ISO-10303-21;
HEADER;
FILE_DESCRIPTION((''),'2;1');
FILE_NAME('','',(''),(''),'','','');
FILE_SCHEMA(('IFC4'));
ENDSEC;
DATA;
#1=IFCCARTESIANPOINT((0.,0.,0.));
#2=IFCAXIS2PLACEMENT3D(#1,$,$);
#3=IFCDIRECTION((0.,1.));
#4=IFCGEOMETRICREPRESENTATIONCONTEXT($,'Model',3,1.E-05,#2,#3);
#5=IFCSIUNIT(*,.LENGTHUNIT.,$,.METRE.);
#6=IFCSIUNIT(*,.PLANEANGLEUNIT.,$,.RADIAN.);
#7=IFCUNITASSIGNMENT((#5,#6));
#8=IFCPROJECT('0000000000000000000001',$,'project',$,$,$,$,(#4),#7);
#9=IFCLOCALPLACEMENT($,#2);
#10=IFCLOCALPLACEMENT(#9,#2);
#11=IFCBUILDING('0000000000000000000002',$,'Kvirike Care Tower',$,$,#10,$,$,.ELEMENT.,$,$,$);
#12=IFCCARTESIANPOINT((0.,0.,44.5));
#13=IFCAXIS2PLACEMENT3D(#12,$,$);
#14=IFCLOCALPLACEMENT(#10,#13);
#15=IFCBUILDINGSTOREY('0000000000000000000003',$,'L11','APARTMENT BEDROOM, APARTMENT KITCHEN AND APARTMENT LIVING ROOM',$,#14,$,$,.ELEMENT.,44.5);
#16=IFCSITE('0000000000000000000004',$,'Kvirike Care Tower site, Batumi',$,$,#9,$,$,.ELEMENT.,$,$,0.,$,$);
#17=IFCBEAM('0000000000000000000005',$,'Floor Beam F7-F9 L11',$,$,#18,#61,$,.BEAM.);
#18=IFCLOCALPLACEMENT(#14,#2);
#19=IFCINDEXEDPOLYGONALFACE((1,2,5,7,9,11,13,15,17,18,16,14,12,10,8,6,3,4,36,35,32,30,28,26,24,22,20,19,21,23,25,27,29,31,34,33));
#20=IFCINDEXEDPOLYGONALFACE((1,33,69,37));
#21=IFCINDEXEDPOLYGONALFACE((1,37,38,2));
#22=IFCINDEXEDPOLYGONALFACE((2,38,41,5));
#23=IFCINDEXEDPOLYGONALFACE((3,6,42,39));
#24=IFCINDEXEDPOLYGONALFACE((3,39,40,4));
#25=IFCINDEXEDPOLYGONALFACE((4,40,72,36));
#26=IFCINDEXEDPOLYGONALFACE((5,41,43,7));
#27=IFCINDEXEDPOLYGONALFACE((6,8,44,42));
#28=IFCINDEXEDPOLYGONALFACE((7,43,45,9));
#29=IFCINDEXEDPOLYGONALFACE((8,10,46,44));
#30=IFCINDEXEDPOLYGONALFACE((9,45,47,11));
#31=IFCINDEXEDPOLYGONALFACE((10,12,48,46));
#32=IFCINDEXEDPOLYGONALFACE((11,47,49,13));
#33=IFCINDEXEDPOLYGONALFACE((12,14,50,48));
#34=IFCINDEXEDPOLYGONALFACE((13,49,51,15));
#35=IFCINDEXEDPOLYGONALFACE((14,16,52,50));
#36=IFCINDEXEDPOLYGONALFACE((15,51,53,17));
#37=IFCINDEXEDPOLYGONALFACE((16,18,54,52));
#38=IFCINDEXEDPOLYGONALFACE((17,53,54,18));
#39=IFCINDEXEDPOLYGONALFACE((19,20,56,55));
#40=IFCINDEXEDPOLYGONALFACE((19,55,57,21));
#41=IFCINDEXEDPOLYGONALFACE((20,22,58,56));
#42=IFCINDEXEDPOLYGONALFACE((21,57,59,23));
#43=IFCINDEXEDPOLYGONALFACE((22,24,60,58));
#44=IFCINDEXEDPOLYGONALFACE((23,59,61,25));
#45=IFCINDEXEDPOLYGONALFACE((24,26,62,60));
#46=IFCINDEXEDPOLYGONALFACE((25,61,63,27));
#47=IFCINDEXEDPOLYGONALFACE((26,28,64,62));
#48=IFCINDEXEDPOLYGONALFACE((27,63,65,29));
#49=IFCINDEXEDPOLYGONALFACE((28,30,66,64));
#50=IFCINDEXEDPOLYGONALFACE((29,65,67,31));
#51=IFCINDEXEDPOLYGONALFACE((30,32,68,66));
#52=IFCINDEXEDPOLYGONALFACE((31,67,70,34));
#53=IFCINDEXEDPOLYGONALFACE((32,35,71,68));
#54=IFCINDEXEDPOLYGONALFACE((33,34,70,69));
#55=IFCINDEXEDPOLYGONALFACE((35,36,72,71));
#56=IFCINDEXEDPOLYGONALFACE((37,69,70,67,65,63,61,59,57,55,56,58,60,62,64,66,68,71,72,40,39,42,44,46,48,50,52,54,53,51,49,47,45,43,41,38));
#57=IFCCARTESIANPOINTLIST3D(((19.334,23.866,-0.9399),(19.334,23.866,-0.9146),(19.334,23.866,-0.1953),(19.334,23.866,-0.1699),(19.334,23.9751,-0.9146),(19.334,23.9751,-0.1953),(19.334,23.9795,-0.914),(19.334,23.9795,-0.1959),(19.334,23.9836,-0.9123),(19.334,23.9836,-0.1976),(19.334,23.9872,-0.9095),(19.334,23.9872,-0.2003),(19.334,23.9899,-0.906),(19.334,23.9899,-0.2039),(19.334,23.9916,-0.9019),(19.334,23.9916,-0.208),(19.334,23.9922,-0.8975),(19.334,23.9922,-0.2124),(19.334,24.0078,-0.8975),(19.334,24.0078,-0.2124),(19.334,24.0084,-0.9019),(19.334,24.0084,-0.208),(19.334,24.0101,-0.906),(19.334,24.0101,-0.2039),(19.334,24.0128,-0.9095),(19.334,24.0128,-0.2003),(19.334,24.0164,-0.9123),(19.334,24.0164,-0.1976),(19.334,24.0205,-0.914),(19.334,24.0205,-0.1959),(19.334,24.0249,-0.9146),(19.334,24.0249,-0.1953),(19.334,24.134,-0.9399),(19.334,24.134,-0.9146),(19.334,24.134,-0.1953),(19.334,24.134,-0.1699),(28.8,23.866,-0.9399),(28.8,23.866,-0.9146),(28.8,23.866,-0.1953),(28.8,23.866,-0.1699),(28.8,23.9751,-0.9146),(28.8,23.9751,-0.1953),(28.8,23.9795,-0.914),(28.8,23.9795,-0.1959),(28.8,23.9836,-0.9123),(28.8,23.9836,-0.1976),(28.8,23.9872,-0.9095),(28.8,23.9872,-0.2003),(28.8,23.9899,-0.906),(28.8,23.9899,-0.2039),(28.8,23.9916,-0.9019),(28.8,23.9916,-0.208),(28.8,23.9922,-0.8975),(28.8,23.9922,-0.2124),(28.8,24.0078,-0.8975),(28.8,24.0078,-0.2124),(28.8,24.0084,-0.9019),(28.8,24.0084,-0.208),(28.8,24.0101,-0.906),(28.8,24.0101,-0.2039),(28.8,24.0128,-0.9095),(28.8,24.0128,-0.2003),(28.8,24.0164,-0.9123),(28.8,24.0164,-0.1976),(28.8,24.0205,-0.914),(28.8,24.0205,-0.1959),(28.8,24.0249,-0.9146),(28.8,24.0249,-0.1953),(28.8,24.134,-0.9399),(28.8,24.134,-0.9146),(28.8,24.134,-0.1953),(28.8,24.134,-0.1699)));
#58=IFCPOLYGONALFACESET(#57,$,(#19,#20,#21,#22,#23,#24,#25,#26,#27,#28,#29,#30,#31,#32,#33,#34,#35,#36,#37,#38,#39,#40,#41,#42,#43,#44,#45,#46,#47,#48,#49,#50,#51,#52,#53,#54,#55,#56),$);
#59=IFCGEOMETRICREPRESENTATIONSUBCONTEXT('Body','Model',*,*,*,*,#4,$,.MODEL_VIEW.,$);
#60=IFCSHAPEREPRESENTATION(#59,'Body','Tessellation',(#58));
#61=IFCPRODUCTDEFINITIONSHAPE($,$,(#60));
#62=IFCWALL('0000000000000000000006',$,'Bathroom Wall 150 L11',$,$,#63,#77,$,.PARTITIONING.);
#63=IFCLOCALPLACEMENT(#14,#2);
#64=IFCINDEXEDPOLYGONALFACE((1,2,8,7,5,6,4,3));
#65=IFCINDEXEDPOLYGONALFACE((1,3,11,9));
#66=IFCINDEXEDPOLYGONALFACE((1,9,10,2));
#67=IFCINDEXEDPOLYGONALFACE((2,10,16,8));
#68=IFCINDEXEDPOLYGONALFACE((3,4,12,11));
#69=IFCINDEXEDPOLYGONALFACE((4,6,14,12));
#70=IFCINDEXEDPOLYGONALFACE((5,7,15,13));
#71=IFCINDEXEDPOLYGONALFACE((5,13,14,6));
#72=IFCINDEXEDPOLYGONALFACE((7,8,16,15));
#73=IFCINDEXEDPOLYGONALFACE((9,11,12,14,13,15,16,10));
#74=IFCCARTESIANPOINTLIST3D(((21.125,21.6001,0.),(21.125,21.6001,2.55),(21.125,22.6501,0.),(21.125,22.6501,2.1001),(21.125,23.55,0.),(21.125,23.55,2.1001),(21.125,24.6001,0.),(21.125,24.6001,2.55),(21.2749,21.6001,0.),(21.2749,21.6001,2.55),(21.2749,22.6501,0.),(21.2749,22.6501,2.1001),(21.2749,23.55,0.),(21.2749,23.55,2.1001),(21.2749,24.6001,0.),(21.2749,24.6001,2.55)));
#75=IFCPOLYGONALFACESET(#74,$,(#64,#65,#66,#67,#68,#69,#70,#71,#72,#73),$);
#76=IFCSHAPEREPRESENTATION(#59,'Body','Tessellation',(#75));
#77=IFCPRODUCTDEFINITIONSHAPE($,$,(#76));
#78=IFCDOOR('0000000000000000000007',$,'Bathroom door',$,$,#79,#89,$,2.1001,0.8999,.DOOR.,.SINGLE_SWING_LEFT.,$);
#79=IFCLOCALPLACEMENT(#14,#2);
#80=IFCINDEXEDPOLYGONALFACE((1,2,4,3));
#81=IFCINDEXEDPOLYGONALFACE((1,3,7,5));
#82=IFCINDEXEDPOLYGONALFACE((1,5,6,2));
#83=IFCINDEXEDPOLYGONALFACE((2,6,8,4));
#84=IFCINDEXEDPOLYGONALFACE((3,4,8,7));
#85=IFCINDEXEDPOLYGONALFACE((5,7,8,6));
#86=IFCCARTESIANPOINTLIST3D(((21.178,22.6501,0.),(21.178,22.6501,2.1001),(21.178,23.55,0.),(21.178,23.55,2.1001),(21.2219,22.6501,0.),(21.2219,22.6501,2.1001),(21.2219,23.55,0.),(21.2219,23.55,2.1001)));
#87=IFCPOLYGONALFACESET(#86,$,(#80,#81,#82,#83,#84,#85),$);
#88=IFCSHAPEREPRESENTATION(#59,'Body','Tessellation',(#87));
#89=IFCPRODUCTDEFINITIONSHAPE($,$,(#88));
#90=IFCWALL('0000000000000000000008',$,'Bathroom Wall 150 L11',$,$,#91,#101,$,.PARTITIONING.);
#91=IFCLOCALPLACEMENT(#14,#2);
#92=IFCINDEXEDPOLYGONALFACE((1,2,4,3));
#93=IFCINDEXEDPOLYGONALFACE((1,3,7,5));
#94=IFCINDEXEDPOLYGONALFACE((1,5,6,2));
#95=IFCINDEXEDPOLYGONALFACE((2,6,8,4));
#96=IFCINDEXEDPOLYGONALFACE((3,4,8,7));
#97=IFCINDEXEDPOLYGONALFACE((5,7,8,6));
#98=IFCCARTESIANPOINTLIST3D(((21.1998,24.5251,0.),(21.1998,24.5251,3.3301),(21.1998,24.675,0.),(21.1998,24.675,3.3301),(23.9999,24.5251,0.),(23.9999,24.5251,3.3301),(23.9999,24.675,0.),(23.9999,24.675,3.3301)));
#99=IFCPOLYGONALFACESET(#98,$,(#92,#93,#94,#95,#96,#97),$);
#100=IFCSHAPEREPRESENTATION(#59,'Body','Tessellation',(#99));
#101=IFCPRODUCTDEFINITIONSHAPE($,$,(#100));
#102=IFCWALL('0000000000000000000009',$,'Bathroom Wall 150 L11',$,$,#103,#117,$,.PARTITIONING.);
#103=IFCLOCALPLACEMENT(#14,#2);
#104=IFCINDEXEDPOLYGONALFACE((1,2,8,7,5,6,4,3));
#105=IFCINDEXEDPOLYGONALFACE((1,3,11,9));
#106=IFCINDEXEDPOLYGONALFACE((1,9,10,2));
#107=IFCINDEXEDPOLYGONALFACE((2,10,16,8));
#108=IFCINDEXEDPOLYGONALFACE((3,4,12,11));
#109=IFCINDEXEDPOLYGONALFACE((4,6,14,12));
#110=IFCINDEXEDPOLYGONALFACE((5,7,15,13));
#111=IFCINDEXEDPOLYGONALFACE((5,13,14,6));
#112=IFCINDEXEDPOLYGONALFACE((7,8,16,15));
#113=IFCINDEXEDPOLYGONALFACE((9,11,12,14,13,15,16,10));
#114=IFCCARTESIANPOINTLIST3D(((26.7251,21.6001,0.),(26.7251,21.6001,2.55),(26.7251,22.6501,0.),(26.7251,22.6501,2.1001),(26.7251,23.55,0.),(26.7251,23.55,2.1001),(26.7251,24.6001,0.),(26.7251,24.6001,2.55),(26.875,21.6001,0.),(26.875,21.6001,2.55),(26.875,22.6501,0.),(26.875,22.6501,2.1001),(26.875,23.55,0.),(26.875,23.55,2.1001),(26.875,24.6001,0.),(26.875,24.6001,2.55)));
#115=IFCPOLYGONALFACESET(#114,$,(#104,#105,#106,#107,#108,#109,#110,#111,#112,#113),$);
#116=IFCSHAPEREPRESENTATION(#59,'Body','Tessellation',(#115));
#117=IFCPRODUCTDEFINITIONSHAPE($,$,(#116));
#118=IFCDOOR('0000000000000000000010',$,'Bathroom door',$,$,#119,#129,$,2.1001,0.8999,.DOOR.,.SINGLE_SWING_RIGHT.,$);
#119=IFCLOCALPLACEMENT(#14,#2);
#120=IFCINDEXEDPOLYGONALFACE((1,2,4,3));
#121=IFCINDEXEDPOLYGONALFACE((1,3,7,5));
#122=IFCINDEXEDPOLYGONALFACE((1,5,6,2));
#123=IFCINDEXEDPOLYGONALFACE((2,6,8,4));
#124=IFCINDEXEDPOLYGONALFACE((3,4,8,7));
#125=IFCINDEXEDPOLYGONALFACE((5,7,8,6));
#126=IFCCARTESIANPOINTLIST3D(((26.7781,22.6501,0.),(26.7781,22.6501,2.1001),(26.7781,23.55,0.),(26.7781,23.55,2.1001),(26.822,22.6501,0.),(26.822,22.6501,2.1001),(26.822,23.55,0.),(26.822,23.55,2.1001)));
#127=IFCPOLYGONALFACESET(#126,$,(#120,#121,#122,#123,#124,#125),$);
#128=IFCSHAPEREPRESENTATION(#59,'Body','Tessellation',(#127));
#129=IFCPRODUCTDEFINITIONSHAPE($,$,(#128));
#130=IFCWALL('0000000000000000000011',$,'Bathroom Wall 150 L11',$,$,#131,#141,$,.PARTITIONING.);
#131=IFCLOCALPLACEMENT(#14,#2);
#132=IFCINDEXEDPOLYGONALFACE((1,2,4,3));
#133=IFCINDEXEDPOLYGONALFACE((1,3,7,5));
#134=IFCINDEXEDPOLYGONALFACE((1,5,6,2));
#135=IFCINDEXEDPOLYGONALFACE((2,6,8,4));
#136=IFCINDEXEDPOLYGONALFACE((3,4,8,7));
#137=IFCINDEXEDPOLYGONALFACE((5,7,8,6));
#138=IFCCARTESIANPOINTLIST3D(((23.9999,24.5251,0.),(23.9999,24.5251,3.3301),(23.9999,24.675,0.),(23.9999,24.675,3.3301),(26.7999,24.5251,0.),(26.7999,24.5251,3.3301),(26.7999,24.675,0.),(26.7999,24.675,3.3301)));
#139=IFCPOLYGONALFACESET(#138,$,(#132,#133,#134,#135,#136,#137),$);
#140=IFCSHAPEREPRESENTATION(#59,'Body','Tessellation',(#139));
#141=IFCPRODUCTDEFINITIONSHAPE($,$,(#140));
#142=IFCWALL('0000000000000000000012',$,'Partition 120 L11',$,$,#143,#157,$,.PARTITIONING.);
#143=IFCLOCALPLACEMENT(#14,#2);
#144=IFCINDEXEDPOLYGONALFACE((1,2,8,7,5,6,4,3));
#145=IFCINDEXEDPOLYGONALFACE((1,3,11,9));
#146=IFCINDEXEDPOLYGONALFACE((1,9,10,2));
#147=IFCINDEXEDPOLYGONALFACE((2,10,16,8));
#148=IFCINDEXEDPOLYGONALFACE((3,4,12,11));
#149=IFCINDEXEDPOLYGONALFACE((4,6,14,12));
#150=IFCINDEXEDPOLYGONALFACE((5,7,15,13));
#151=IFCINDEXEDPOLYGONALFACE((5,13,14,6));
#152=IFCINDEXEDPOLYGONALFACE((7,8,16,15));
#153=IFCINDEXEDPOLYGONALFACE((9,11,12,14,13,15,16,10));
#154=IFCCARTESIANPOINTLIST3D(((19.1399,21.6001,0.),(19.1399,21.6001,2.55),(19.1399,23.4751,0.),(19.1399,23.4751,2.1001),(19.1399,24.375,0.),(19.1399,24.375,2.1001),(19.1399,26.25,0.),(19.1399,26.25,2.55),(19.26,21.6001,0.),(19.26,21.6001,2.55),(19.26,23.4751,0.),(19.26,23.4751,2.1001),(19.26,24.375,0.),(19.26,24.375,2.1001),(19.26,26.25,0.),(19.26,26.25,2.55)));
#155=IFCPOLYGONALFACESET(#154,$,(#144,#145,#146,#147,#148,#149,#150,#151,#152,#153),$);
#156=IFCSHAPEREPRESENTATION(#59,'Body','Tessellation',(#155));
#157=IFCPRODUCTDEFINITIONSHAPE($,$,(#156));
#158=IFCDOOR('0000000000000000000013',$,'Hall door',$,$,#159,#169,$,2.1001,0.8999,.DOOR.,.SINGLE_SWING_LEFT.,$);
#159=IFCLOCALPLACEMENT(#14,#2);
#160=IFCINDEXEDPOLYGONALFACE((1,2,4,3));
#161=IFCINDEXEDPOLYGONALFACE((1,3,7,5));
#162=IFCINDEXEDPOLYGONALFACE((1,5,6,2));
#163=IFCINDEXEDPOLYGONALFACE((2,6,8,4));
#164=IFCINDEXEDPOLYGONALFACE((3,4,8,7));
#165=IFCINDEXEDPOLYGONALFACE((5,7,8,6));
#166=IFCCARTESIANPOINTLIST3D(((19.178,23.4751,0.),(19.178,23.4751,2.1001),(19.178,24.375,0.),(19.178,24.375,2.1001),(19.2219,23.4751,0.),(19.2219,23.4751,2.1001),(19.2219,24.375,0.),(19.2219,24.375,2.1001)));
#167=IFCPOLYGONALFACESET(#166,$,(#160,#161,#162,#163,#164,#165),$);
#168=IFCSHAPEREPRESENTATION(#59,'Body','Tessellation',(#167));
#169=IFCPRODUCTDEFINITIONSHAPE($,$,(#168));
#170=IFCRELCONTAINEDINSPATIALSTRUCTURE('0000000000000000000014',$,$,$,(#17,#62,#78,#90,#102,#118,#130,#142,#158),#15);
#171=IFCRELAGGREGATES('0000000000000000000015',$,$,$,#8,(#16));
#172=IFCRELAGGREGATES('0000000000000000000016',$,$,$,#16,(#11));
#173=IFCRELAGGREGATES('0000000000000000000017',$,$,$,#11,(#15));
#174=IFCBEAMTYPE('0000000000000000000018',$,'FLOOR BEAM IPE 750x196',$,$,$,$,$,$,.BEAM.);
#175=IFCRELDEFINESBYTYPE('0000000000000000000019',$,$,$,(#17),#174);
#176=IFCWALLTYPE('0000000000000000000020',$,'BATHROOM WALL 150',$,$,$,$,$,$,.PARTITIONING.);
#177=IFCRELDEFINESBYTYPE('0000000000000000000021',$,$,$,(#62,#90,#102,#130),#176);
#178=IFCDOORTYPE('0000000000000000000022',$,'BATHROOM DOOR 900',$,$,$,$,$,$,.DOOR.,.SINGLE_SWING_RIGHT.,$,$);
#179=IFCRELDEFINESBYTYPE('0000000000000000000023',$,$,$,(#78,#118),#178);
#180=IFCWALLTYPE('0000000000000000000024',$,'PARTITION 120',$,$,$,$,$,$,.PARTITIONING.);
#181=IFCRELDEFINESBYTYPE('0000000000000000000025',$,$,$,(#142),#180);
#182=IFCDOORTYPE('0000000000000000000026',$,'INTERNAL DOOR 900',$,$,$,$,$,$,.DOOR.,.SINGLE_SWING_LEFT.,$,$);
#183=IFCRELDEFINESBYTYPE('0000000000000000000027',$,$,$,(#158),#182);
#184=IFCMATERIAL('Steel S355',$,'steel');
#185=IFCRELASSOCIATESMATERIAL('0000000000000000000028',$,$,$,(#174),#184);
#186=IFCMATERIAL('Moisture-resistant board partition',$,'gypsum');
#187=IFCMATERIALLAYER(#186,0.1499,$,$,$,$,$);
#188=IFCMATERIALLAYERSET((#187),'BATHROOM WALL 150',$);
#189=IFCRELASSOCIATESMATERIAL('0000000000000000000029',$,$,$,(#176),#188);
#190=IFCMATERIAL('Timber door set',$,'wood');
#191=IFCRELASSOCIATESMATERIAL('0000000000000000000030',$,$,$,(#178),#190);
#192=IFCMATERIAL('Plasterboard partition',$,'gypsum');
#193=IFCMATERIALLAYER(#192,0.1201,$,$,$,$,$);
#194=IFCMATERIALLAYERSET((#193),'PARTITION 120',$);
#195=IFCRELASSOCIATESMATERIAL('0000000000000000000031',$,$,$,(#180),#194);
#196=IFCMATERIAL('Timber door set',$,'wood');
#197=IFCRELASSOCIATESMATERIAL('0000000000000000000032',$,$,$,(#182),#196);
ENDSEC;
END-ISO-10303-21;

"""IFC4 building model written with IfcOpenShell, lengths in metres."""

from ifc_helpers import new_model, si_unit, direction, frame, frame_2d, origin, origin_2d, place, context, subcontext, project, spatial, rectangle, i_section, extrude, material, layer, layer_set, material_profile, profile_set, type_object, element, fill, save


model = new_model("IFC4")

# Units and contexts
model_context = context("Model", 3, precision=1e-05, world=origin(), true_north=direction((0.0, 1.0)))
body_context = subcontext(model_context, "Body", "Model", "MODEL_VIEW")
ifc_project = project(units=[si_unit("LENGTHUNIT", "METRE"), si_unit("PLANEANGLEUNIT", "RADIAN")], contexts=[model_context])

# Site, building, storey
site_placement = place(None, origin())
site = spatial("IfcSite", under=ifc_project, at=site_placement, Name="Kvirike Care Tower site, Batumi", CompositionType="ELEMENT", RefElevation=0.0)
building_placement = place(site_placement, origin())
building = spatial("IfcBuilding", under=site, at=building_placement, Name="Kvirike Care Tower", CompositionType="ELEMENT")
storey_placement = place(building_placement, frame((0.0, 0.0, 44.5)))
storey = spatial("IfcBuildingStorey", under=building, at=storey_placement, Name="L11", Description="APARTMENT BEDROOM, APARTMENT KITCHEN AND APARTMENT LIVING ROOM", CompositionType="ELEMENT", Elevation=44.5)

# Beam
ifc_material_1 = material(Name="Steel S355", Category="steel")
ifc_material_profile = material_profile(ifc_material_1, i_section(OverallWidth=0.2681, OverallDepth=0.77, WebThickness=0.0156, FlangeThickness=0.0254, FilletRadius=0.0171, at=origin_2d()), Name="IPE 750x196")
ifc_profile_set = profile_set([ifc_material_profile], Name="Steel S355")
beam_type = type_object("IfcBeamType", Name="FLOOR BEAM IPE 750x196", PredefinedType="BEAM", material=ifc_profile_set)
beam_placement = place(storey_placement, frame((19.334, 24.0, -0.5549), z_axis=(1.0, 0.0, 0.0), x_axis=(0.0, 1.0, 0.0)))
element("IfcBeam", 1, at=beam_placement, inside=storey, type_object=beam_type, Name="Floor Beam F7-F9 L11", PredefinedType="BEAM", context=body_context, shape_type="SweptSolid", body=[
    extrude(i_section(OverallWidth=0.2681, OverallDepth=0.77, WebThickness=0.0156, FlangeThickness=0.0254, FilletRadius=0.0171, at=origin_2d()), origin(), (0.0, 0.0, 1.0), 9.4661),
])

# Wall, opening, door
ifc_material_2 = material(Name="Moisture-resistant board partition", Category="gypsum")
ifc_layer_1 = layer(ifc_material_2, 0.1499)
ifc_layer_set_1 = layer_set([ifc_layer_1], Name="BATHROOM WALL 150")
wall_type_1 = type_object("IfcWallType", Name="BATHROOM WALL 150", PredefinedType="PARTITIONING", material=ifc_layer_set_1)
wall_1_placement = place(storey_placement, frame((21.2, 21.6001, 0.0), z_axis=(0.0, 0.0, 1.0), x_axis=(0.0, 1.0, 0.0)))
wall_1 = element("IfcWall", 2, at=wall_1_placement, inside=storey, type_object=wall_type_1, Name="Bathroom Wall 150 L11", PredefinedType="PARTITIONING", context=body_context, shape_type="SweptSolid", body=[
    extrude(rectangle(XDim=3.0, YDim=0.1499, at=frame_2d((1.5, 0.0))), origin(), (0.0, 0.0, 1.0), 2.55),
])
opening_1_placement = place(wall_1_placement, frame((1.05, 0.0, 0.0)))
opening_1 = element("IfcOpeningElement", 3, at=opening_1_placement, cuts=wall_1, PredefinedType="OPENING", context=body_context, shape_type="SweptSolid", body=[
    extrude(rectangle(XDim=0.8999, YDim=2.1001, at=frame_2d((0.45, 1.05))), frame((0.0, 0.0854, 0.0), z_axis=(0.0, -1.0, 0.0), x_axis=(1.0, 0.0, 0.0)), (0.0, 0.0, 1.0), 0.1709),
])
ifc_material_3 = material(Name="Timber door set", Category="wood")
door_type_1 = type_object("IfcDoorType", Name="BATHROOM DOOR 900", OperationType="SINGLE_SWING_RIGHT", PredefinedType="DOOR", material=ifc_material_3)
door_1_placement = place(opening_1_placement, frame((0.8999, 0.0, 0.0), z_axis=(0.0, 0.0, 1.0), x_axis=(-1.0, 0.0, 0.0)))
door_1 = element("IfcDoor", 4, at=door_1_placement, inside=storey, type_object=door_type_1, Name="Bathroom door", OperationType="SINGLE_SWING_LEFT", OverallHeight=2.1001, OverallWidth=0.8999, PredefinedType="DOOR", context=body_context, shape_type="SweptSolid", body=[
    extrude(rectangle(XDim=0.8999, YDim=2.1001, at=frame_2d((0.45, 1.05))), frame((0.0, 0.022, 0.0), z_axis=(0.0, -1.0, 0.0), x_axis=(1.0, 0.0, 0.0)), (0.0, 0.0, 1.0), 0.0439),
])
fill(opening_1, door_1)

# Wall
wall_2_placement = place(storey_placement, frame((21.2, 24.6001, 0.0), z_axis=(0.0, 0.0, 1.0), x_axis=(1.0, 0.0, 0.0)))
element("IfcWall", 5, at=wall_2_placement, inside=storey, type_object=wall_type_1, Name="Bathroom Wall 150 L11", PredefinedType="PARTITIONING", context=body_context, shape_type="SweptSolid", body=[
    extrude(rectangle(XDim=2.8, YDim=0.1499, at=frame_2d((1.3999, 0.0))), origin(), (0.0, 0.0, 1.0), 3.3301),
])

# Wall, opening, door
wall_3_placement = place(storey_placement, frame((26.8, 21.6001, 0.0), z_axis=(0.0, 0.0, 1.0), x_axis=(0.0, 1.0, 0.0)))
wall_3 = element("IfcWall", 6, at=wall_3_placement, inside=storey, type_object=wall_type_1, Name="Bathroom Wall 150 L11", PredefinedType="PARTITIONING", context=body_context, shape_type="SweptSolid", body=[
    extrude(rectangle(XDim=3.0, YDim=0.1499, at=frame_2d((1.5, 0.0))), origin(), (0.0, 0.0, 1.0), 2.55),
])
opening_2_placement = place(wall_3_placement, frame((1.05, 0.0, 0.0)))
opening_2 = element("IfcOpeningElement", 7, at=opening_2_placement, cuts=wall_3, PredefinedType="OPENING", context=body_context, shape_type="SweptSolid", body=[
    extrude(rectangle(XDim=0.8999, YDim=2.1001, at=frame_2d((0.45, 1.05))), frame((0.0, 0.0854, 0.0), z_axis=(0.0, -1.0, 0.0), x_axis=(1.0, 0.0, 0.0)), (0.0, 0.0, 1.0), 0.1709),
])
door_2_placement = place(opening_2_placement, origin())
door_2 = element("IfcDoor", 8, at=door_2_placement, inside=storey, type_object=door_type_1, Name="Bathroom door", OperationType="SINGLE_SWING_RIGHT", OverallHeight=2.1001, OverallWidth=0.8999, PredefinedType="DOOR", context=body_context, shape_type="SweptSolid", body=[
    extrude(rectangle(XDim=0.8999, YDim=2.1001, at=frame_2d((0.45, 1.05))), frame((0.0, 0.022, 0.0), z_axis=(0.0, -1.0, 0.0), x_axis=(1.0, 0.0, 0.0)), (0.0, 0.0, 1.0), 0.0439),
])
fill(opening_2, door_2)

# Wall
wall_4_placement = place(storey_placement, frame((24.0, 24.6001, 0.0), z_axis=(0.0, 0.0, 1.0), x_axis=(1.0, 0.0, 0.0)))
element("IfcWall", 9, at=wall_4_placement, inside=storey, type_object=wall_type_1, Name="Bathroom Wall 150 L11", PredefinedType="PARTITIONING", context=body_context, shape_type="SweptSolid", body=[
    extrude(rectangle(XDim=2.8, YDim=0.1499, at=frame_2d((1.3999, 0.0))), origin(), (0.0, 0.0, 1.0), 3.3301),
])

# Wall, opening, door
ifc_material_4 = material(Name="Plasterboard partition", Category="gypsum")
ifc_layer_2 = layer(ifc_material_4, 0.1201)
ifc_layer_set_2 = layer_set([ifc_layer_2], Name="PARTITION 120")
wall_type_2 = type_object("IfcWallType", Name="PARTITION 120", PredefinedType="PARTITIONING", material=ifc_layer_set_2)
wall_5_placement = place(storey_placement, frame((19.2, 21.6001, 0.0), z_axis=(0.0, 0.0, 1.0), x_axis=(0.0, 1.0, 0.0)))
wall_5 = element("IfcWall", 10, at=wall_5_placement, inside=storey, type_object=wall_type_2, Name="Partition 120 L11", PredefinedType="PARTITIONING", context=body_context, shape_type="SweptSolid", body=[
    extrude(rectangle(XDim=4.6499, YDim=0.1201, at=frame_2d((2.325, 0.0))), origin(), (0.0, 0.0, 1.0), 2.55),
])
opening_3_placement = place(wall_5_placement, frame((1.875, 0.0, 0.0)))
opening_3 = element("IfcOpeningElement", 11, at=opening_3_placement, cuts=wall_5, PredefinedType="OPENING", context=body_context, shape_type="SweptSolid", body=[
    extrude(rectangle(XDim=0.8999, YDim=2.1001, at=frame_2d((0.45, 1.05))), frame((0.0, 0.0706, 0.0), z_axis=(0.0, -1.0, 0.0), x_axis=(1.0, 0.0, 0.0)), (0.0, 0.0, 1.0), 0.1411),
])
ifc_material_5 = material(Name="Timber door set", Category="wood")
door_type_2 = type_object("IfcDoorType", Name="INTERNAL DOOR 900", OperationType="SINGLE_SWING_LEFT", PredefinedType="DOOR", material=ifc_material_5)
door_3_placement = place(opening_3_placement, origin())
door_3 = element("IfcDoor", 12, at=door_3_placement, inside=storey, type_object=door_type_2, Name="Hall door", OperationType="SINGLE_SWING_LEFT", OverallHeight=2.1001, OverallWidth=0.8999, PredefinedType="DOOR", context=body_context, shape_type="SweptSolid", body=[
    extrude(rectangle(XDim=0.8999, YDim=2.1001, at=frame_2d((0.45, 1.05))), frame((0.0, 0.022, 0.0), z_axis=(0.0, -1.0, 0.0), x_axis=(1.0, 0.0, 0.0)), (0.0, 0.0, 1.0), 0.0439),
])
fill(opening_3, door_3)

save(model, "model.ifc")
